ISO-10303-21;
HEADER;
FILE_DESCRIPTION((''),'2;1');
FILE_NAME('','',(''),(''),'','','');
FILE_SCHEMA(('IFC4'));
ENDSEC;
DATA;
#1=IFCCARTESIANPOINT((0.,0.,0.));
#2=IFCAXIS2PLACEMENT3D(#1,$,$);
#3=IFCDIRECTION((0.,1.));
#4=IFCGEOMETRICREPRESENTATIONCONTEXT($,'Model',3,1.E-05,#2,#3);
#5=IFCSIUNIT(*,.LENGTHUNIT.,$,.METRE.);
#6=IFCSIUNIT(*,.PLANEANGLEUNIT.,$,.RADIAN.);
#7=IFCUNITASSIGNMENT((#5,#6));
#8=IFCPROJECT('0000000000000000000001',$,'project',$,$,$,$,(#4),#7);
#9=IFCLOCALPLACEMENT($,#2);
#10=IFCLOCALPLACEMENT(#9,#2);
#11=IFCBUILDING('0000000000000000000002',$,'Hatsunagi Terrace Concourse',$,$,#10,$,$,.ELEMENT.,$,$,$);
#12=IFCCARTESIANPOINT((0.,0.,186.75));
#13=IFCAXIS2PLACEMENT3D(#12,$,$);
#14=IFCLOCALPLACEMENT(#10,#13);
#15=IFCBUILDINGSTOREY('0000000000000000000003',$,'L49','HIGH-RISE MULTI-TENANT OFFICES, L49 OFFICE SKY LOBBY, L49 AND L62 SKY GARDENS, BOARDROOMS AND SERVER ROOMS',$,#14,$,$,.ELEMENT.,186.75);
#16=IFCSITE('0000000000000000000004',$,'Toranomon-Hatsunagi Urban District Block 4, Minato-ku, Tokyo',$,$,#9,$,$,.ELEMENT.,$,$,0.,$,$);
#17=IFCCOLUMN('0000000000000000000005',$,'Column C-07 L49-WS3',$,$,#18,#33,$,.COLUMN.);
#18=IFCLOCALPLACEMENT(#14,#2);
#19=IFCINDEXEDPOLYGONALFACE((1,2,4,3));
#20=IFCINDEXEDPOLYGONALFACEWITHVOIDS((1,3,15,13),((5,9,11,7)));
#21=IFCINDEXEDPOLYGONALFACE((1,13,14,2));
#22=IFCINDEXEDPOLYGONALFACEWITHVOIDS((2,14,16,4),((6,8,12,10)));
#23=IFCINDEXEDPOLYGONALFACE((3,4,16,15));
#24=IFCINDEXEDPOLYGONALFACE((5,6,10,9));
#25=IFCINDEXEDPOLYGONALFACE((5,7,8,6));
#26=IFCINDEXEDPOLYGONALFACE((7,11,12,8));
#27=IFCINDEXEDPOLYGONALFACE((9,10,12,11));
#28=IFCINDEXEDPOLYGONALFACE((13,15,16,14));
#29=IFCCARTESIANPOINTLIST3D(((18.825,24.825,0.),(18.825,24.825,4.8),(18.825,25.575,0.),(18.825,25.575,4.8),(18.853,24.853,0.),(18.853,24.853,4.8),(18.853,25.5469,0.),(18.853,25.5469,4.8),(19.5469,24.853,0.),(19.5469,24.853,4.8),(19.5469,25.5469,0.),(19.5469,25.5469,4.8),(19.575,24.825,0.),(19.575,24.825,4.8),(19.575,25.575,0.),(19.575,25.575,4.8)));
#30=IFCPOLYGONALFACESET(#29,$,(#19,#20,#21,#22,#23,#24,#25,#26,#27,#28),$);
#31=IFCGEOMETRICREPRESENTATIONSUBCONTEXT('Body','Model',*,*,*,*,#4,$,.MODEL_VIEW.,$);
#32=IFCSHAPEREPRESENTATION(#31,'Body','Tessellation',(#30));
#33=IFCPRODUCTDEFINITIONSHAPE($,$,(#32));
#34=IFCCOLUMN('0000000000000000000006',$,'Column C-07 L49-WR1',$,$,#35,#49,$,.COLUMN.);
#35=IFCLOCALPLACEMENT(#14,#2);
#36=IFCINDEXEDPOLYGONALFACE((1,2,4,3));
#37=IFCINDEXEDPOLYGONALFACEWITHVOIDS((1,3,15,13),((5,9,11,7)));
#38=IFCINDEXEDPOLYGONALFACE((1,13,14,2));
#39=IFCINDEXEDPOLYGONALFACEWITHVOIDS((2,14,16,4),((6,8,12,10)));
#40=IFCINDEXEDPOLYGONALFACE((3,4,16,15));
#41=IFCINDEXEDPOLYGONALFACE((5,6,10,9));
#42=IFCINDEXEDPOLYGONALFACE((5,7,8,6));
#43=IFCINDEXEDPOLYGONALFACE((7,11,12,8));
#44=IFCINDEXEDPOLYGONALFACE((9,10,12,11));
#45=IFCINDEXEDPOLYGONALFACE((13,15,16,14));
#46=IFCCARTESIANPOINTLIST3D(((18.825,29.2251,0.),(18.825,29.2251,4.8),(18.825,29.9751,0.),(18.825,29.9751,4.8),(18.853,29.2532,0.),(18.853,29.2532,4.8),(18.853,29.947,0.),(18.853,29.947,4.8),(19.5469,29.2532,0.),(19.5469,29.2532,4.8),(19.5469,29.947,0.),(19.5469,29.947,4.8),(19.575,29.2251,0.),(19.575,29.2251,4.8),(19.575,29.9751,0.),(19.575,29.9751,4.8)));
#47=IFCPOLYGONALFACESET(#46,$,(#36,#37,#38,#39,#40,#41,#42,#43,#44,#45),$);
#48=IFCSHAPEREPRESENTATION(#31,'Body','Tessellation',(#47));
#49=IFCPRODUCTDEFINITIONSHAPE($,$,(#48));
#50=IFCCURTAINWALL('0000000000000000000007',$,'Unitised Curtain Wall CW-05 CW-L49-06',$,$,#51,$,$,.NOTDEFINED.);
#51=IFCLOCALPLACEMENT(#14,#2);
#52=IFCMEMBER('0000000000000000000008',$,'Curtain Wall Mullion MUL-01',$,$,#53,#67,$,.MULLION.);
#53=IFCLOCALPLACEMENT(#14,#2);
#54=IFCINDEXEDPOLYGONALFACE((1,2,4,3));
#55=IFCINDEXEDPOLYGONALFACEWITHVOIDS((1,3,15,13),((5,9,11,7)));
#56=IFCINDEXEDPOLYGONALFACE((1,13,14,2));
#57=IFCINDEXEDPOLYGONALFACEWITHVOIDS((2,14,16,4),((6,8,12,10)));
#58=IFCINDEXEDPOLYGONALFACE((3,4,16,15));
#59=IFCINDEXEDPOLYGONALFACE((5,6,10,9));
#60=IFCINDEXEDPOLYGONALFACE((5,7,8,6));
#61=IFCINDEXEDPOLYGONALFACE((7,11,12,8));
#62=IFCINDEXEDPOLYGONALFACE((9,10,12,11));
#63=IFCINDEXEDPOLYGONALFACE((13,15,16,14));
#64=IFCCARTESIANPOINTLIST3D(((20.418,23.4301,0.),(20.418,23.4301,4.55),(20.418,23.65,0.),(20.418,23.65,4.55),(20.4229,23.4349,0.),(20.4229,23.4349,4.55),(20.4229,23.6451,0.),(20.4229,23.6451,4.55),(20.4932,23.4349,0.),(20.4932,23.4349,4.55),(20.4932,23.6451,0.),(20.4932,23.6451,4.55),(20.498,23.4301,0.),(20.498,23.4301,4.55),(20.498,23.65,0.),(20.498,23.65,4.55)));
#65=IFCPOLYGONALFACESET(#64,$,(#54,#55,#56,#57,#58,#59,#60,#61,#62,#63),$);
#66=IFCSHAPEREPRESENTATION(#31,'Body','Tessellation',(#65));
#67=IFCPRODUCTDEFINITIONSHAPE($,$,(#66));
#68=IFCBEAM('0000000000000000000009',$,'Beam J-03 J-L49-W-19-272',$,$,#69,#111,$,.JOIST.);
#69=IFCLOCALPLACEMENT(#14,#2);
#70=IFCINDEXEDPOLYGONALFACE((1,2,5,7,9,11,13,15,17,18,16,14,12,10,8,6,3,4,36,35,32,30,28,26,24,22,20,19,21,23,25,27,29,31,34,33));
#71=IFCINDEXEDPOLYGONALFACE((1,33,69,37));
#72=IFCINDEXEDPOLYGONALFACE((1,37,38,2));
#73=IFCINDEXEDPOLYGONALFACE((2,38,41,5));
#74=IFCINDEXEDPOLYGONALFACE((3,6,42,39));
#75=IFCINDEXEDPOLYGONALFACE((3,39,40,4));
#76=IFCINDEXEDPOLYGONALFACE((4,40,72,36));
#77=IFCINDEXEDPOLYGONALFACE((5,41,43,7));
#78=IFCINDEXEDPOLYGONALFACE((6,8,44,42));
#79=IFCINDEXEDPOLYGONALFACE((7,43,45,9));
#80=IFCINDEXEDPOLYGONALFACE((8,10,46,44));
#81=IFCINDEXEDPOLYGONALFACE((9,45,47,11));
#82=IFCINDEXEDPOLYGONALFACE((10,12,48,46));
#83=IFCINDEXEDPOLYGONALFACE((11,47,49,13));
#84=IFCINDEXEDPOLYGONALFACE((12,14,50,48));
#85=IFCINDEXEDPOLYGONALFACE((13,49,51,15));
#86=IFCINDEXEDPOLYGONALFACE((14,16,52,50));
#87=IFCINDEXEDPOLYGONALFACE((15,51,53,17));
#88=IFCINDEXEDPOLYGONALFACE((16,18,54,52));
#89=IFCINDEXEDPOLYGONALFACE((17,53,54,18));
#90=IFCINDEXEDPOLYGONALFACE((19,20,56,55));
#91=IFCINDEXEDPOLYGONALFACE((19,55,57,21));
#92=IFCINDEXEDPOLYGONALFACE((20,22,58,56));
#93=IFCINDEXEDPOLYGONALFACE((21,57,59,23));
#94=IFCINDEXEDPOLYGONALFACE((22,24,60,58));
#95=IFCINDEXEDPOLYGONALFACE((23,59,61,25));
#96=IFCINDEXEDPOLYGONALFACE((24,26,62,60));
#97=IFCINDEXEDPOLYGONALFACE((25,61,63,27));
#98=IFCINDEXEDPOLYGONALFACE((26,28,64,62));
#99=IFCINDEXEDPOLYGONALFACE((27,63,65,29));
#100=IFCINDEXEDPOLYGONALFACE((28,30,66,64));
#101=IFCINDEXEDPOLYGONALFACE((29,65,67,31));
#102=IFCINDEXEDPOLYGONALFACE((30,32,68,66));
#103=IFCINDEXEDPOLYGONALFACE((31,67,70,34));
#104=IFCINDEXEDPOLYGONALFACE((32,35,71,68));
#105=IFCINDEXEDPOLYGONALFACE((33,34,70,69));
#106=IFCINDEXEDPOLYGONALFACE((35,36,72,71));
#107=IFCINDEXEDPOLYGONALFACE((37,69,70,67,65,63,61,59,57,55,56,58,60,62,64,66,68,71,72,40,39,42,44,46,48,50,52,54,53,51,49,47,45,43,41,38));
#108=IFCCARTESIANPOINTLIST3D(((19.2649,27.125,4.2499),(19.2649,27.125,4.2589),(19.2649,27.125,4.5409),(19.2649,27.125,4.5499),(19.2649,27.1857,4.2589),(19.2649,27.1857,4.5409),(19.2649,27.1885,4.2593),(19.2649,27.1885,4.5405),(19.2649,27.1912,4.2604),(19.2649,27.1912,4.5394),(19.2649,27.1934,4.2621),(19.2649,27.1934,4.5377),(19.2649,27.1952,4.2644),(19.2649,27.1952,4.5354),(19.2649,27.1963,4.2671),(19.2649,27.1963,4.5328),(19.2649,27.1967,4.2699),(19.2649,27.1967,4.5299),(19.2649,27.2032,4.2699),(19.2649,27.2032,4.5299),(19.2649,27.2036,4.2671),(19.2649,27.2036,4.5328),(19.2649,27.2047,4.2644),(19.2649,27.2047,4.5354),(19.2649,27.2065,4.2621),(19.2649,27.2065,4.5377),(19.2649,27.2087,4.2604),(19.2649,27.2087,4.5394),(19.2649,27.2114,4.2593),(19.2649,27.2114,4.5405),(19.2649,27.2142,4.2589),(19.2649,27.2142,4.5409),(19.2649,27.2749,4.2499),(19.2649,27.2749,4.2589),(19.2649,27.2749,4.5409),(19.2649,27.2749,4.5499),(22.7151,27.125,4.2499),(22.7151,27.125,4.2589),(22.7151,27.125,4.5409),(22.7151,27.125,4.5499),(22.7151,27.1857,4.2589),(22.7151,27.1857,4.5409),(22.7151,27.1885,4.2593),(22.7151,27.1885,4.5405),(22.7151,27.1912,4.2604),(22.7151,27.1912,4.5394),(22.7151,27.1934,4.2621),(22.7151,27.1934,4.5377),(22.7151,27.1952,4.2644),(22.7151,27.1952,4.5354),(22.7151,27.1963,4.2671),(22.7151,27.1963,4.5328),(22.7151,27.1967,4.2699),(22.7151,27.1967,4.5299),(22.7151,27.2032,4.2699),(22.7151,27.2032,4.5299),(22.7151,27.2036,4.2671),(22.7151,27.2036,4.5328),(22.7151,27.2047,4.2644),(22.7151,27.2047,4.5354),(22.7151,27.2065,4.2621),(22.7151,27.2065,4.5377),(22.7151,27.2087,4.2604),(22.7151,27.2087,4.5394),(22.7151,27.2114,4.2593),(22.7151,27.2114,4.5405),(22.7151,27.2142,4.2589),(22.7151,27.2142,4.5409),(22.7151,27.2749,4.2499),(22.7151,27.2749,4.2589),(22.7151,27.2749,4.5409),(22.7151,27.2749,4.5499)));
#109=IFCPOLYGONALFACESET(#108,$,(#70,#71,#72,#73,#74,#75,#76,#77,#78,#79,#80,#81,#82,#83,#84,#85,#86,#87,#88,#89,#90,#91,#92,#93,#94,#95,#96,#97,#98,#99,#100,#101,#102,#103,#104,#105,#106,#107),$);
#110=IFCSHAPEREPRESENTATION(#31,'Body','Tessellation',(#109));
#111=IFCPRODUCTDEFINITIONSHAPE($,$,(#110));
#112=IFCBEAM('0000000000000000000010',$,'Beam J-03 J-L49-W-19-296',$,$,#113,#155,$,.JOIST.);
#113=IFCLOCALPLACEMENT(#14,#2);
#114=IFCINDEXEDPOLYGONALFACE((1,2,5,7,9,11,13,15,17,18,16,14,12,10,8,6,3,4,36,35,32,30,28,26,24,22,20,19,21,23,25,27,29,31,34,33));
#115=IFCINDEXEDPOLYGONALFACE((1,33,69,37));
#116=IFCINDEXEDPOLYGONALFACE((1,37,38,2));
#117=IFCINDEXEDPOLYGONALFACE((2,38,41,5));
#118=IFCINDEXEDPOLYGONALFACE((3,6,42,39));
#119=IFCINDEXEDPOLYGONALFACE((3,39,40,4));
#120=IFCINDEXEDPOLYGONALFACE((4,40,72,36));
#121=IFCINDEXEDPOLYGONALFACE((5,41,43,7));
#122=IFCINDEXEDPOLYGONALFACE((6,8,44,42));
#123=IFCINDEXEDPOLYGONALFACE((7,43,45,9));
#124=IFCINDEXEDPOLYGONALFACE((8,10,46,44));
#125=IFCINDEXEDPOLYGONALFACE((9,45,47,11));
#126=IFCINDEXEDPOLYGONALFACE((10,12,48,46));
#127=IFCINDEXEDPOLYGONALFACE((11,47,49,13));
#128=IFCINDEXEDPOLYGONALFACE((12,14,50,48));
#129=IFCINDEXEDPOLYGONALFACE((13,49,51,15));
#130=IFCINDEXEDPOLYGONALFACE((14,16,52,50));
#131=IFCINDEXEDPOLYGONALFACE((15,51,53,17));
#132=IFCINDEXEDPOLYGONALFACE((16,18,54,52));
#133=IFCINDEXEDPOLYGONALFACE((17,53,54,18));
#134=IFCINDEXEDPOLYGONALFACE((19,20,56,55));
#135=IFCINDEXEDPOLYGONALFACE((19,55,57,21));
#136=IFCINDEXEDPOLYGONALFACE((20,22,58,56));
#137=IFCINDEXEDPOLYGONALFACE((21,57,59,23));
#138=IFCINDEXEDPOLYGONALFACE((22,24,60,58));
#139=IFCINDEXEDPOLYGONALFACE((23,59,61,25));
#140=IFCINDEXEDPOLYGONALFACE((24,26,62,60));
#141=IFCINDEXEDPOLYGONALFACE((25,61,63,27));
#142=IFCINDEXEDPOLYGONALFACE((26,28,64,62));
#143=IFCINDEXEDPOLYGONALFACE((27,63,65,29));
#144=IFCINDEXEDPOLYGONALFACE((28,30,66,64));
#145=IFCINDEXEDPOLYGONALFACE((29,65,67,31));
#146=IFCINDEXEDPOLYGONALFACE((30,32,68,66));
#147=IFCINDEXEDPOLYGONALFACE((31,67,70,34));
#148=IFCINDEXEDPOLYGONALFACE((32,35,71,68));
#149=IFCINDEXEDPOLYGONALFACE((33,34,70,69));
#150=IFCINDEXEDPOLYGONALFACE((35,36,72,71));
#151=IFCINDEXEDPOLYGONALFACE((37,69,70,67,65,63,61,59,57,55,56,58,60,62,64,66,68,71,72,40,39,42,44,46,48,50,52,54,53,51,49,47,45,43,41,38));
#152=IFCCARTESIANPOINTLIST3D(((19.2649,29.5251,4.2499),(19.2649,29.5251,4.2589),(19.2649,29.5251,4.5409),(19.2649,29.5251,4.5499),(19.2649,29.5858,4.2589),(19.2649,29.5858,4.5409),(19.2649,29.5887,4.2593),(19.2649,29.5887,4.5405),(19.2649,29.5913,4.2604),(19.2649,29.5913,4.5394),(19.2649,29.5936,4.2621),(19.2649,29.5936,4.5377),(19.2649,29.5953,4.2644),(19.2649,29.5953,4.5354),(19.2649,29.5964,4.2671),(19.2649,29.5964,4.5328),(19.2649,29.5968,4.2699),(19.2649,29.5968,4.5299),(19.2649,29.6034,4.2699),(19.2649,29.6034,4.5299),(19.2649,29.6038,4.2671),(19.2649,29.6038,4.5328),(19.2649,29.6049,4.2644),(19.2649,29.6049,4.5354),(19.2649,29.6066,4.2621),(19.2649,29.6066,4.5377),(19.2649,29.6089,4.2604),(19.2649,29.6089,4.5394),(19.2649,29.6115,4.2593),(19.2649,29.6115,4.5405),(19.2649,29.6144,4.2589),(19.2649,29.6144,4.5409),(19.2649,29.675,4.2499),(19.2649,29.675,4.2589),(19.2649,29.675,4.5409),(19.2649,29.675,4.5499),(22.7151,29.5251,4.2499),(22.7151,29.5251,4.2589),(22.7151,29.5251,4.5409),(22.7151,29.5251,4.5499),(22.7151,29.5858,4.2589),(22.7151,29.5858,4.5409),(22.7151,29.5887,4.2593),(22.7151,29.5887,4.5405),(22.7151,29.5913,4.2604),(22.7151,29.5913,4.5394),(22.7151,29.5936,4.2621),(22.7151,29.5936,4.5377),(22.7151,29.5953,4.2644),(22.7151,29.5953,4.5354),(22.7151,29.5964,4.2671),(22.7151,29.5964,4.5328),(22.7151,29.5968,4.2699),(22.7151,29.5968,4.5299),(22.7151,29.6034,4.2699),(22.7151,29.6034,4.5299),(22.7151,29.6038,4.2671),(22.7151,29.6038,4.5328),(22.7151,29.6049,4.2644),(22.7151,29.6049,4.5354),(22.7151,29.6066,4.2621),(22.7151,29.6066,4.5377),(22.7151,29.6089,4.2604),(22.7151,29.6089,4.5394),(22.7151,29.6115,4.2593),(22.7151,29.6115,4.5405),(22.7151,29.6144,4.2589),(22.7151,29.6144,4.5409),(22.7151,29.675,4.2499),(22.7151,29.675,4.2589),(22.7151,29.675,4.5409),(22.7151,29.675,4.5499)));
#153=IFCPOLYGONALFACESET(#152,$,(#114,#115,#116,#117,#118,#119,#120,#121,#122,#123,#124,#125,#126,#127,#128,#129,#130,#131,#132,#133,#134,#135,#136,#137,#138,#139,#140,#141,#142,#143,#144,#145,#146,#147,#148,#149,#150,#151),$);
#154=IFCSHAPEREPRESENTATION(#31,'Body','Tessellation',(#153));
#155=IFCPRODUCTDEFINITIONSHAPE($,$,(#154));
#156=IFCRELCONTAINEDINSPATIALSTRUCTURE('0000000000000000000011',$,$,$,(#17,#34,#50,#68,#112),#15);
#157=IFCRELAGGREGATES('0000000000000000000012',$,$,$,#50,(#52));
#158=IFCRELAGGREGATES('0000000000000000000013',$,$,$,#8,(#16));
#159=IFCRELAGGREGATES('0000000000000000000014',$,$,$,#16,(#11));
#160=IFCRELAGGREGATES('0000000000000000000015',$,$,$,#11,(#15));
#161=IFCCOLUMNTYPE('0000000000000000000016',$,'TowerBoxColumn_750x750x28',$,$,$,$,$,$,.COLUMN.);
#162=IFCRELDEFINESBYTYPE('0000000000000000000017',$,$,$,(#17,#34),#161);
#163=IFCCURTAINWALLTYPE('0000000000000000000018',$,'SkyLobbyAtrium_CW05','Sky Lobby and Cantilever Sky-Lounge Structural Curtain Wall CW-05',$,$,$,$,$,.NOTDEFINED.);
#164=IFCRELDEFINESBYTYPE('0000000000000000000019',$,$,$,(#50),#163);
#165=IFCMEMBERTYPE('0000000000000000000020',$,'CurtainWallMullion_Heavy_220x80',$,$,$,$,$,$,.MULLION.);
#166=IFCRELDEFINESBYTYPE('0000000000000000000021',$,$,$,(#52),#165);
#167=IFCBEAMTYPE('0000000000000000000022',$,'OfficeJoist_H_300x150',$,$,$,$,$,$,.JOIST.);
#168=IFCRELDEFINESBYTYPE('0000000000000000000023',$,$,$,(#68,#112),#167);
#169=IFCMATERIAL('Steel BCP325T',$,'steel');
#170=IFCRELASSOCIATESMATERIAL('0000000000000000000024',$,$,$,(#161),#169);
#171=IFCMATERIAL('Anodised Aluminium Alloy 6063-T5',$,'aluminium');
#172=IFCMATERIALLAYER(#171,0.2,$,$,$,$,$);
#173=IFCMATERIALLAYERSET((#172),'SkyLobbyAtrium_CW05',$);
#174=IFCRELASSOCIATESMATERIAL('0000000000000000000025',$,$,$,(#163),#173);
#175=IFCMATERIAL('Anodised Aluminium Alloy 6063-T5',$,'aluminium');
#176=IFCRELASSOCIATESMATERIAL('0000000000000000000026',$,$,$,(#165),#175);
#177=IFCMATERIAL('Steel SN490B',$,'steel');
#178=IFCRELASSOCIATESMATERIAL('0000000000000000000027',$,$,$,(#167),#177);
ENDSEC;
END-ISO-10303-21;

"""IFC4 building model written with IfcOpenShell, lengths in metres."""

from ifc_helpers import new_model, si_unit, direction, frame, origin, origin_2d, place, context, subcontext, project, spatial, hollow_rectangle, i_section, extrude, material, layer, layer_set, material_profile, profile_set, type_object, element, aggregate, save


model = new_model("IFC4")

# Units and contexts
model_context = context("Model", 3, precision=1e-05, world=origin(), true_north=direction((0.0, 1.0)))
body_context = subcontext(model_context, "Body", "Model", "MODEL_VIEW")
ifc_project = project(units=[si_unit("LENGTHUNIT", "METRE"), si_unit("PLANEANGLEUNIT", "RADIAN")], contexts=[model_context])

# Site, building, storey
site_placement = place(None, origin())
site = spatial("IfcSite", under=ifc_project, at=site_placement, Name="Toranomon-Hatsunagi Urban District Block 4, Minato-ku, Tokyo", CompositionType="ELEMENT", RefElevation=0.0)
building_placement = place(site_placement, origin())
building = spatial("IfcBuilding", under=site, at=building_placement, Name="Hatsunagi Terrace Concourse", CompositionType="ELEMENT")
storey_placement = place(building_placement, frame((0.0, 0.0, 186.75)))
storey = spatial("IfcBuildingStorey", under=building, at=storey_placement, Name="L49", Description="HIGH-RISE MULTI-TENANT OFFICES, L49 OFFICE SKY LOBBY, L49 AND L62 SKY GARDENS, BOARDROOMS AND SERVER ROOMS", CompositionType="ELEMENT", Elevation=186.75)

# Columns
ifc_material_1 = material(Name="Steel BCP325T", Category="steel")
ifc_material_profile_1 = material_profile(ifc_material_1, hollow_rectangle(XDim=0.75, YDim=0.75, WallThickness=0.0281, at=origin_2d()), Name="BCP-750x750x28")
ifc_profile_set_1 = profile_set([ifc_material_profile_1], Name="Steel BCP325T")
column_type = type_object("IfcColumnType", Name="TowerBoxColumn_750x750x28", PredefinedType="COLUMN", material=ifc_profile_set_1)
for number, where, z_axis, x_axis, name in (
    (1, (19.2, 25.2, 0.0), (0.0, 0.0, 1.0), (1.0, 0.0, 0.0), "Column C-07 L49-WS3"),
    (2, (19.2, 29.6001, 0.0), (0.0, 0.0, 1.0), (1.0, 0.0, 0.0), "Column C-07 L49-WR1"),
):
    element("IfcColumn", number, at=place(storey_placement, frame(where, z_axis=z_axis, x_axis=x_axis)), inside=storey, type_object=column_type, Name=name, PredefinedType="COLUMN", context=body_context, shape_type="SweptSolid", body=[
        extrude(hollow_rectangle(XDim=0.75, YDim=0.75, WallThickness=0.0281, at=origin_2d()), origin(), (0.0, 0.0, 1.0), 4.8),
    ])

# Curtain wall, member
ifc_material_2 = material(Name="Anodised Aluminium Alloy 6063-T5", Category="aluminium")
ifc_layer_1 = layer(ifc_material_2, 0.2)
ifc_layer_set_1 = layer_set([ifc_layer_1], Name="SkyLobbyAtrium_CW05")
curtain_wall_type = type_object("IfcCurtainWallType", Name="SkyLobbyAtrium_CW05", Description="Sky Lobby and Cantilever Sky-Lounge Structural Curtain Wall CW-05", PredefinedType="NOTDEFINED", material=ifc_layer_set_1)
curtain_wall_placement = place(storey_placement, origin())
curtain_wall = element("IfcCurtainWall", 3, at=curtain_wall_placement, inside=storey, type_object=curtain_wall_type, Name="Unitised Curtain Wall CW-05 CW-L49-06", PredefinedType="NOTDEFINED")
ifc_material_3 = material(Name="Anodised Aluminium Alloy 6063-T5", Category="aluminium")
ifc_material_profile_2 = material_profile(ifc_material_3, hollow_rectangle(XDim=0.0801, YDim=0.22, WallThickness=0.0049, at=origin_2d()), Name="ALU-MUL-220x80x5")
ifc_profile_set_2 = profile_set([ifc_material_profile_2], Name="Anodised Aluminium Alloy 6063-T5")
member_type = type_object("IfcMemberType", Name="CurtainWallMullion_Heavy_220x80", PredefinedType="MULLION", material=ifc_profile_set_2)
member_placement = place(storey_placement, frame((20.458, 23.54, 0.0), z_axis=(0.0, 0.0, 1.0), x_axis=(-1.0, 0.0, 0.0)))
member = element("IfcMember", 4, at=member_placement, type_object=member_type, Name="Curtain Wall Mullion MUL-01", PredefinedType="MULLION", context=body_context, shape_type="SweptSolid", body=[
    extrude(hollow_rectangle(XDim=0.0801, YDim=0.22, WallThickness=0.0049, at=origin_2d()), origin(), (0.0, 0.0, 1.0), 4.55),
])

# Beams
ifc_material_4 = material(Name="Steel SN490B", Category="steel")
ifc_material_profile_3 = material_profile(ifc_material_4, i_section(OverallWidth=0.1499, OverallDepth=0.3, WebThickness=0.0066, FlangeThickness=0.009, FilletRadius=0.011, at=origin_2d()), Name="H-300x150x6.5x9")
ifc_profile_set_3 = profile_set([ifc_material_profile_3], Name="Steel SN490B")
beam_type_1 = type_object("IfcBeamType", Name="OfficeJoist_H_300x150", PredefinedType="JOIST", material=ifc_profile_set_3)
for number, where, z_axis, x_axis, name in (
    (5, (19.2649, 27.2, 4.3999), (1.0, 0.0, 0.0), (0.0, 1.0, 0.0), "Beam J-03 J-L49-W-19-272"),
    (6, (19.2649, 29.6001, 4.3999), (1.0, 0.0, 0.0), (0.0, 1.0, 0.0), "Beam J-03 J-L49-W-19-296"),
):
    element("IfcBeam", number, at=place(storey_placement, frame(where, z_axis=z_axis, x_axis=x_axis)), inside=storey, type_object=beam_type_1, Name=name, PredefinedType="JOIST", context=body_context, shape_type="SweptSolid", body=[
        extrude(i_section(OverallWidth=0.1499, OverallDepth=0.3, WebThickness=0.0066, FlangeThickness=0.009, FilletRadius=0.011, at=origin_2d()), origin(), (0.0, 0.0, 1.0), 3.4502),
    ])

aggregate(curtain_wall, [member])

save(model, "model.ifc")
